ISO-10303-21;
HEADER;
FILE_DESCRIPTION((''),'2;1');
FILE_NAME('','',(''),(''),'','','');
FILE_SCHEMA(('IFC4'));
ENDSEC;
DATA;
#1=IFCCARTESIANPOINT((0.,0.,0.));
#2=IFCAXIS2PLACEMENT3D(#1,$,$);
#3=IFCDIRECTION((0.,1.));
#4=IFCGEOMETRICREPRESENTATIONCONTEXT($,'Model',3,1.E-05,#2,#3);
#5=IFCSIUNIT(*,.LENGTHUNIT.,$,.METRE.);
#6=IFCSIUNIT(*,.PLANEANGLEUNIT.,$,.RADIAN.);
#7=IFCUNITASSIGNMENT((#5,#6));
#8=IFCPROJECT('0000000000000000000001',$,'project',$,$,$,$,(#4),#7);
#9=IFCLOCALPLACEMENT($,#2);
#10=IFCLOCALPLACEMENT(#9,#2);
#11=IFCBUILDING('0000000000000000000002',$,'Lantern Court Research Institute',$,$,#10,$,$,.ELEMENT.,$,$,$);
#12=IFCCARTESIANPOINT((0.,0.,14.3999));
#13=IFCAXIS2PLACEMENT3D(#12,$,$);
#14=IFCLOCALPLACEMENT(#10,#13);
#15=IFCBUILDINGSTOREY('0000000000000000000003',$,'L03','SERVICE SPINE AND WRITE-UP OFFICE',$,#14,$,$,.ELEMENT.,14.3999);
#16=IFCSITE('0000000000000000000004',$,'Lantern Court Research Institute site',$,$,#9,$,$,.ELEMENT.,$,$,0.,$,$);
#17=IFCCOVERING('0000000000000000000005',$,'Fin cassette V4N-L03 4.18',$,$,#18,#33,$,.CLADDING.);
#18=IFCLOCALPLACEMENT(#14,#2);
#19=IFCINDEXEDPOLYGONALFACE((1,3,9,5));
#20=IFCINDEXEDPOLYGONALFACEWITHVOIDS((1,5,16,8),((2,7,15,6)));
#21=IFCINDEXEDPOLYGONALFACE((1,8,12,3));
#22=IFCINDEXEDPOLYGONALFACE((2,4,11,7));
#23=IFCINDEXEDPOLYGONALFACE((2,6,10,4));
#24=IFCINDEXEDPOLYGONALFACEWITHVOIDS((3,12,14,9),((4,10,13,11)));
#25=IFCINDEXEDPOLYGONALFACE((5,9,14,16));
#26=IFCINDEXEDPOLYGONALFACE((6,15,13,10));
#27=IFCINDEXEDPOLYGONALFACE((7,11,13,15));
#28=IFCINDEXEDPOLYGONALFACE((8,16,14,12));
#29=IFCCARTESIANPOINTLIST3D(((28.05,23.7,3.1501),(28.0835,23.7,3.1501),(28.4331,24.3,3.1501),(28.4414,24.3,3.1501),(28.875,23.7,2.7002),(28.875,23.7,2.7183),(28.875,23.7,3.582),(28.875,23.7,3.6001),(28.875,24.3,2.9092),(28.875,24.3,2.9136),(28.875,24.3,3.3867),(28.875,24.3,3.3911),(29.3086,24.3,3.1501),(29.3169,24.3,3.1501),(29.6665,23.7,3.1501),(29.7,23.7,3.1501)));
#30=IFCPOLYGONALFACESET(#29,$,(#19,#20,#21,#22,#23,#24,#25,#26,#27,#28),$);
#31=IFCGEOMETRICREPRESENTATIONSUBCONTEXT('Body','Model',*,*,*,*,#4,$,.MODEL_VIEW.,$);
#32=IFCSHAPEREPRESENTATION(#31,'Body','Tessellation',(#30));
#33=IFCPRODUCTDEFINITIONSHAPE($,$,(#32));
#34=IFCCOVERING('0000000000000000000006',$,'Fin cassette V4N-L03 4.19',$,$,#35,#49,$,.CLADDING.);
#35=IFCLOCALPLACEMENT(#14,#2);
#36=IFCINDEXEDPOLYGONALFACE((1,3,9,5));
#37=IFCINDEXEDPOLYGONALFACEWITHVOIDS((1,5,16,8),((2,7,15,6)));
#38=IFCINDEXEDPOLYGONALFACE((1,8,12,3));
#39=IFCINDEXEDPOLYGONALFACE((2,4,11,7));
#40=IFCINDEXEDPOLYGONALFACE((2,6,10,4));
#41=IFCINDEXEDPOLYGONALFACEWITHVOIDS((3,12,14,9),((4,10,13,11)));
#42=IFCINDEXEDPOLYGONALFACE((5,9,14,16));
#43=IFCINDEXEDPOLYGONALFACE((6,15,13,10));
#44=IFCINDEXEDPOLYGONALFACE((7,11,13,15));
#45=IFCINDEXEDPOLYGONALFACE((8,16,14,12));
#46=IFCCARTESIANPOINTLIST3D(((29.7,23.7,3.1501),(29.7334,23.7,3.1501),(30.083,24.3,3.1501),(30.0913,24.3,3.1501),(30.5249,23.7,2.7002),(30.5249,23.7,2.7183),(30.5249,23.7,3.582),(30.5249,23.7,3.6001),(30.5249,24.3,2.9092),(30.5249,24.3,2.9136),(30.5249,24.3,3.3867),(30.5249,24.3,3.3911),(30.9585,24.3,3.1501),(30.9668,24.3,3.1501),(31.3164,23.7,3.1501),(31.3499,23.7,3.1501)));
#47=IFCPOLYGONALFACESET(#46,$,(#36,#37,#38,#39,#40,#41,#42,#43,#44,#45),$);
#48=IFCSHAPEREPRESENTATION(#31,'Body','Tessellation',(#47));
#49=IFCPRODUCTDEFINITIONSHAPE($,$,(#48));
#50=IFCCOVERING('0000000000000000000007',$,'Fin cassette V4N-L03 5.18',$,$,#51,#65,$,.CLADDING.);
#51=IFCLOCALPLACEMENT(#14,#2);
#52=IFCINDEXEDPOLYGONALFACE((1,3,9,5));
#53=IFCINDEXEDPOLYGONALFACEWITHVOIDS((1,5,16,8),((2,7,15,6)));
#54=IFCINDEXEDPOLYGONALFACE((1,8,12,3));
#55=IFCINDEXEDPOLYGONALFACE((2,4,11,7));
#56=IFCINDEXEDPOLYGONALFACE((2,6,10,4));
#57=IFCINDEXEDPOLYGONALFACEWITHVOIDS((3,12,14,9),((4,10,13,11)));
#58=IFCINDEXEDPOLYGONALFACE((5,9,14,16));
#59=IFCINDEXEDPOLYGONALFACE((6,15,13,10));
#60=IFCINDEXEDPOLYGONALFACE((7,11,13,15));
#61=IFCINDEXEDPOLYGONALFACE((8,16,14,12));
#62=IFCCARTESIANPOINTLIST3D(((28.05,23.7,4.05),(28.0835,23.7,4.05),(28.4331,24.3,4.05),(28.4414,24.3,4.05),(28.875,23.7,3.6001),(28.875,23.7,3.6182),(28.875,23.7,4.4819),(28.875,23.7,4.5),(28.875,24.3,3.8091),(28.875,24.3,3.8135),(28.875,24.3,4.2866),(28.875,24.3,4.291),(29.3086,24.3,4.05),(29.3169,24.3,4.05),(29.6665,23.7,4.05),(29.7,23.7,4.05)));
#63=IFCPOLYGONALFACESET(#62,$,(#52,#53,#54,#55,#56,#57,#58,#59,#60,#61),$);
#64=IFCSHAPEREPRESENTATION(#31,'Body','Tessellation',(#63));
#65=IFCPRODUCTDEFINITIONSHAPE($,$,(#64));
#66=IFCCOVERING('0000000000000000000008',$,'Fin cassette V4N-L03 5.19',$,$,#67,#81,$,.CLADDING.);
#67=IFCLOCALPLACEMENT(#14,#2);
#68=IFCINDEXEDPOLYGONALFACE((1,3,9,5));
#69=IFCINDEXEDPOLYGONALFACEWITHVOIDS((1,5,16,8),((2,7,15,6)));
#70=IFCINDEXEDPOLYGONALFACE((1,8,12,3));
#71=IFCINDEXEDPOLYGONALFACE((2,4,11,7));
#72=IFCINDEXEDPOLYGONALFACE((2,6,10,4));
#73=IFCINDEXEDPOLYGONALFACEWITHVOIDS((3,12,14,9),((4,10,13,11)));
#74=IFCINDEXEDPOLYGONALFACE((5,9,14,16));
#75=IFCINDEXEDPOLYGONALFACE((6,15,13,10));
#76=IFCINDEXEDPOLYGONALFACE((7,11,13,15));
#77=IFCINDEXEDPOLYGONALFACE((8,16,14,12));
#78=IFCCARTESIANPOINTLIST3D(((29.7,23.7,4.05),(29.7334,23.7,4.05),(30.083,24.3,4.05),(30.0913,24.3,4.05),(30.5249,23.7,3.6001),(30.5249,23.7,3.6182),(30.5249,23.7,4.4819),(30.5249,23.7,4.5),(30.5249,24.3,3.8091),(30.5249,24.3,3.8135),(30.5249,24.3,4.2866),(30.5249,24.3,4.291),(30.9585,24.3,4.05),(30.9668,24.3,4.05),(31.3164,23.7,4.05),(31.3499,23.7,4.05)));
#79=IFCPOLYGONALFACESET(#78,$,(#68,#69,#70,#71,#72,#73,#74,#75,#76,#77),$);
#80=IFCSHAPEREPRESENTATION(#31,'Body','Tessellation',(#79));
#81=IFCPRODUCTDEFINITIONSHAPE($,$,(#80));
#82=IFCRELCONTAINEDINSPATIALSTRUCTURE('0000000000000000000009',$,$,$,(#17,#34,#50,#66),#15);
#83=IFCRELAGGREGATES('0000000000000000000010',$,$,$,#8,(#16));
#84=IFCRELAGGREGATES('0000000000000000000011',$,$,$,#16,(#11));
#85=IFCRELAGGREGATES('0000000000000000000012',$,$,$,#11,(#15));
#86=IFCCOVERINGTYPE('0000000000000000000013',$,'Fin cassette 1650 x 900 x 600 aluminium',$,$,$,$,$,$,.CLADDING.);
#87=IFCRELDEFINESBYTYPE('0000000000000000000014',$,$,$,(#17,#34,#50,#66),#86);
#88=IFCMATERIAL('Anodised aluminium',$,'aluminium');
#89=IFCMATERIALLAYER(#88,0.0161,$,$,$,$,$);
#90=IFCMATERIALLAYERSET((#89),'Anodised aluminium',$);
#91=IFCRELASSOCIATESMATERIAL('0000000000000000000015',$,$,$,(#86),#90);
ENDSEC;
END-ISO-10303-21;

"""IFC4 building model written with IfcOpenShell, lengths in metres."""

from ifc_helpers import new_model, entity, si_unit, direction, frame, origin, place, context, subcontext, project, spatial, material, layer, layer_set, type_object, element, save


model = new_model("IFC4")

# Units and contexts
model_context = context("Model", 3, precision=1e-05, world=origin(), true_north=direction((0.0, 1.0)))
body_context = subcontext(model_context, "Body", "Model", "MODEL_VIEW")
ifc_project = project(units=[si_unit("LENGTHUNIT", "METRE"), si_unit("PLANEANGLEUNIT", "RADIAN")], contexts=[model_context])

# Site, building, storey
site_placement = place(None, origin())
site = spatial("IfcSite", under=ifc_project, at=site_placement, Name="Lantern Court Research Institute site", CompositionType="ELEMENT", RefElevation=0.0)
building_placement = place(site_placement, origin())
building = spatial("IfcBuilding", under=site, at=building_placement, Name="Lantern Court Research Institute", CompositionType="ELEMENT")
storey_placement = place(building_placement, frame((0.0, 0.0, 14.3999)))
storey = spatial("IfcBuildingStorey", under=building, at=storey_placement, Name="L03", Description="SERVICE SPINE AND WRITE-UP OFFICE", CompositionType="ELEMENT", Elevation=14.3999)

# Coverings
ifc_material_1 = material(Name="Anodised aluminium", Category="aluminium")
ifc_layer_1 = layer(ifc_material_1, 0.0161)
ifc_layer_set_1 = layer_set([ifc_layer_1], Name="Anodised aluminium")
covering_type = type_object("IfcCoveringType", Name="Fin cassette 1650 x 900 x 600 aluminium", PredefinedType="CLADDING", material=ifc_layer_set_1)
covering_1_placement = place(storey_placement, frame((28.875, 23.7, 3.1501), z_axis=(0.0, 1.0, 0.0), x_axis=(-1.0, 0.0, 0.0)))
cartesian_point_1 = entity("IfcCartesianPoint", [0.825, 0.0])
cartesian_point_2 = entity("IfcCartesianPoint", [0.7915, 0.0])
cartesian_point_3 = entity("IfcCartesianPoint", [0.4419, 0.0])
cartesian_point_4 = entity("IfcCartesianPoint", [0.4336, 0.0])
element("IfcCovering", 1, at=covering_1_placement, inside=storey, type_object=covering_type, Name="Fin cassette V4N-L03 4.18", PredefinedType="CLADDING", context=body_context, shape_type="SweptSolid", body=[
    entity("IfcExtrudedAreaSolidTapered", entity("IfcArbitraryProfileDefWithVoids", "AREA", None, entity("IfcPolyline", [cartesian_point_1, entity("IfcCartesianPoint", [0.0, 0.45]), entity("IfcCartesianPoint", [-0.825, 0.0]), entity("IfcCartesianPoint", [0.0, -0.45]), cartesian_point_1]), [entity("IfcPolyline", [cartesian_point_2, entity("IfcCartesianPoint", [0.0, 0.4319]), entity("IfcCartesianPoint", [-0.7915, 0.0]), entity("IfcCartesianPoint", [0.0, -0.4319]), cartesian_point_2])]), entity("IfcAxis2Placement3D", entity("IfcCartesianPoint", [0.0, 0.0, 0.0])), entity("IfcDirection", [0.0, 0.0, 1.0]), 0.6001, entity("IfcArbitraryProfileDefWithVoids", "AREA", None, entity("IfcPolyline", [cartesian_point_3, entity("IfcCartesianPoint", [0.0, 0.241]), entity("IfcCartesianPoint", [-0.4419, 0.0]), entity("IfcCartesianPoint", [0.0, -0.241]), cartesian_point_3]), [entity("IfcPolyline", [cartesian_point_4, entity("IfcCartesianPoint", [0.0, 0.2366]), entity("IfcCartesianPoint", [-0.4336, 0.0]), entity("IfcCartesianPoint", [0.0, -0.2366]), cartesian_point_4])])),
])
covering_2_placement = place(storey_placement, frame((30.5249, 23.7, 3.1501), z_axis=(0.0, 1.0, 0.0), x_axis=(-1.0, 0.0, 0.0)))
cartesian_point_5 = entity("IfcCartesianPoint", [0.825, 0.0])
cartesian_point_6 = entity("IfcCartesianPoint", [0.7915, 0.0])
cartesian_point_7 = entity("IfcCartesianPoint", [0.4419, 0.0])
cartesian_point_8 = entity("IfcCartesianPoint", [0.4336, 0.0])
element("IfcCovering", 2, at=covering_2_placement, inside=storey, type_object=covering_type, Name="Fin cassette V4N-L03 4.19", PredefinedType="CLADDING", context=body_context, shape_type="SweptSolid", body=[
    entity("IfcExtrudedAreaSolidTapered", entity("IfcArbitraryProfileDefWithVoids", "AREA", None, entity("IfcPolyline", [cartesian_point_5, entity("IfcCartesianPoint", [0.0, 0.45]), entity("IfcCartesianPoint", [-0.825, 0.0]), entity("IfcCartesianPoint", [0.0, -0.45]), cartesian_point_5]), [entity("IfcPolyline", [cartesian_point_6, entity("IfcCartesianPoint", [0.0, 0.4319]), entity("IfcCartesianPoint", [-0.7915, 0.0]), entity("IfcCartesianPoint", [0.0, -0.4319]), cartesian_point_6])]), entity("IfcAxis2Placement3D", entity("IfcCartesianPoint", [0.0, 0.0, 0.0])), entity("IfcDirection", [0.0, 0.0, 1.0]), 0.6001, entity("IfcArbitraryProfileDefWithVoids", "AREA", None, entity("IfcPolyline", [cartesian_point_7, entity("IfcCartesianPoint", [0.0, 0.241]), entity("IfcCartesianPoint", [-0.4419, 0.0]), entity("IfcCartesianPoint", [0.0, -0.241]), cartesian_point_7]), [entity("IfcPolyline", [cartesian_point_8, entity("IfcCartesianPoint", [0.0, 0.2366]), entity("IfcCartesianPoint", [-0.4336, 0.0]), entity("IfcCartesianPoint", [0.0, -0.2366]), cartesian_point_8])])),
])
covering_3_placement = place(storey_placement, frame((28.875, 23.7, 4.05), z_axis=(0.0, 1.0, 0.0), x_axis=(-1.0, 0.0, 0.0)))
cartesian_point_9 = entity("IfcCartesianPoint", [0.825, 0.0])
cartesian_point_10 = entity("IfcCartesianPoint", [0.7915, 0.0])
cartesian_point_11 = entity("IfcCartesianPoint", [0.4419, 0.0])
cartesian_point_12 = entity("IfcCartesianPoint", [0.4336, 0.0])
element("IfcCovering", 3, at=covering_3_placement, inside=storey, type_object=covering_type, Name="Fin cassette V4N-L03 5.18", PredefinedType="CLADDING", context=body_context, shape_type="SweptSolid", body=[
    entity("IfcExtrudedAreaSolidTapered", entity("IfcArbitraryProfileDefWithVoids", "AREA", None, entity("IfcPolyline", [cartesian_point_9, entity("IfcCartesianPoint", [0.0, 0.45]), entity("IfcCartesianPoint", [-0.825, 0.0]), entity("IfcCartesianPoint", [0.0, -0.45]), cartesian_point_9]), [entity("IfcPolyline", [cartesian_point_10, entity("IfcCartesianPoint", [0.0, 0.4319]), entity("IfcCartesianPoint", [-0.7915, 0.0]), entity("IfcCartesianPoint", [0.0, -0.4319]), cartesian_point_10])]), entity("IfcAxis2Placement3D", entity("IfcCartesianPoint", [0.0, 0.0, 0.0])), entity("IfcDirection", [0.0, 0.0, 1.0]), 0.6001, entity("IfcArbitraryProfileDefWithVoids", "AREA", None, entity("IfcPolyline", [cartesian_point_11, entity("IfcCartesianPoint", [0.0, 0.241]), entity("IfcCartesianPoint", [-0.4419, 0.0]), entity("IfcCartesianPoint", [0.0, -0.241]), cartesian_point_11]), [entity("IfcPolyline", [cartesian_point_12, entity("IfcCartesianPoint", [0.0, 0.2366]), entity("IfcCartesianPoint", [-0.4336, 0.0]), entity("IfcCartesianPoint", [0.0, -0.2366]), cartesian_point_12])])),
])
covering_4_placement = place(storey_placement, frame((30.5249, 23.7, 4.05), z_axis=(0.0, 1.0, 0.0), x_axis=(-1.0, 0.0, 0.0)))
cartesian_point_13 = entity("IfcCartesianPoint", [0.825, 0.0])
cartesian_point_14 = entity("IfcCartesianPoint", [0.7915, 0.0])
cartesian_point_15 = entity("IfcCartesianPoint", [0.4419, 0.0])
cartesian_point_16 = entity("IfcCartesianPoint", [0.4336, 0.0])
element("IfcCovering", 4, at=covering_4_placement, inside=storey, type_object=covering_type, Name="Fin cassette V4N-L03 5.19", PredefinedType="CLADDING", context=body_context, shape_type="SweptSolid", body=[
    entity("IfcExtrudedAreaSolidTapered", entity("IfcArbitraryProfileDefWithVoids", "AREA", None, entity("IfcPolyline", [cartesian_point_13, entity("IfcCartesianPoint", [0.0, 0.45]), entity("IfcCartesianPoint", [-0.825, 0.0]), entity("IfcCartesianPoint", [0.0, -0.45]), cartesian_point_13]), [entity("IfcPolyline", [cartesian_point_14, entity("IfcCartesianPoint", [0.0, 0.4319]), entity("IfcCartesianPoint", [-0.7915, 0.0]), entity("IfcCartesianPoint", [0.0, -0.4319]), cartesian_point_14])]), entity("IfcAxis2Placement3D", entity("IfcCartesianPoint", [0.0, 0.0, 0.0])), entity("IfcDirection", [0.0, 0.0, 1.0]), 0.6001, entity("IfcArbitraryProfileDefWithVoids", "AREA", None, entity("IfcPolyline", [cartesian_point_15, entity("IfcCartesianPoint", [0.0, 0.241]), entity("IfcCartesianPoint", [-0.4419, 0.0]), entity("IfcCartesianPoint", [0.0, -0.241]), cartesian_point_15]), [entity("IfcPolyline", [cartesian_point_16, entity("IfcCartesianPoint", [0.0, 0.2366]), entity("IfcCartesianPoint", [-0.4336, 0.0]), entity("IfcCartesianPoint", [0.0, -0.2366]), cartesian_point_16])])),
])

save(model, "model.ifc")
